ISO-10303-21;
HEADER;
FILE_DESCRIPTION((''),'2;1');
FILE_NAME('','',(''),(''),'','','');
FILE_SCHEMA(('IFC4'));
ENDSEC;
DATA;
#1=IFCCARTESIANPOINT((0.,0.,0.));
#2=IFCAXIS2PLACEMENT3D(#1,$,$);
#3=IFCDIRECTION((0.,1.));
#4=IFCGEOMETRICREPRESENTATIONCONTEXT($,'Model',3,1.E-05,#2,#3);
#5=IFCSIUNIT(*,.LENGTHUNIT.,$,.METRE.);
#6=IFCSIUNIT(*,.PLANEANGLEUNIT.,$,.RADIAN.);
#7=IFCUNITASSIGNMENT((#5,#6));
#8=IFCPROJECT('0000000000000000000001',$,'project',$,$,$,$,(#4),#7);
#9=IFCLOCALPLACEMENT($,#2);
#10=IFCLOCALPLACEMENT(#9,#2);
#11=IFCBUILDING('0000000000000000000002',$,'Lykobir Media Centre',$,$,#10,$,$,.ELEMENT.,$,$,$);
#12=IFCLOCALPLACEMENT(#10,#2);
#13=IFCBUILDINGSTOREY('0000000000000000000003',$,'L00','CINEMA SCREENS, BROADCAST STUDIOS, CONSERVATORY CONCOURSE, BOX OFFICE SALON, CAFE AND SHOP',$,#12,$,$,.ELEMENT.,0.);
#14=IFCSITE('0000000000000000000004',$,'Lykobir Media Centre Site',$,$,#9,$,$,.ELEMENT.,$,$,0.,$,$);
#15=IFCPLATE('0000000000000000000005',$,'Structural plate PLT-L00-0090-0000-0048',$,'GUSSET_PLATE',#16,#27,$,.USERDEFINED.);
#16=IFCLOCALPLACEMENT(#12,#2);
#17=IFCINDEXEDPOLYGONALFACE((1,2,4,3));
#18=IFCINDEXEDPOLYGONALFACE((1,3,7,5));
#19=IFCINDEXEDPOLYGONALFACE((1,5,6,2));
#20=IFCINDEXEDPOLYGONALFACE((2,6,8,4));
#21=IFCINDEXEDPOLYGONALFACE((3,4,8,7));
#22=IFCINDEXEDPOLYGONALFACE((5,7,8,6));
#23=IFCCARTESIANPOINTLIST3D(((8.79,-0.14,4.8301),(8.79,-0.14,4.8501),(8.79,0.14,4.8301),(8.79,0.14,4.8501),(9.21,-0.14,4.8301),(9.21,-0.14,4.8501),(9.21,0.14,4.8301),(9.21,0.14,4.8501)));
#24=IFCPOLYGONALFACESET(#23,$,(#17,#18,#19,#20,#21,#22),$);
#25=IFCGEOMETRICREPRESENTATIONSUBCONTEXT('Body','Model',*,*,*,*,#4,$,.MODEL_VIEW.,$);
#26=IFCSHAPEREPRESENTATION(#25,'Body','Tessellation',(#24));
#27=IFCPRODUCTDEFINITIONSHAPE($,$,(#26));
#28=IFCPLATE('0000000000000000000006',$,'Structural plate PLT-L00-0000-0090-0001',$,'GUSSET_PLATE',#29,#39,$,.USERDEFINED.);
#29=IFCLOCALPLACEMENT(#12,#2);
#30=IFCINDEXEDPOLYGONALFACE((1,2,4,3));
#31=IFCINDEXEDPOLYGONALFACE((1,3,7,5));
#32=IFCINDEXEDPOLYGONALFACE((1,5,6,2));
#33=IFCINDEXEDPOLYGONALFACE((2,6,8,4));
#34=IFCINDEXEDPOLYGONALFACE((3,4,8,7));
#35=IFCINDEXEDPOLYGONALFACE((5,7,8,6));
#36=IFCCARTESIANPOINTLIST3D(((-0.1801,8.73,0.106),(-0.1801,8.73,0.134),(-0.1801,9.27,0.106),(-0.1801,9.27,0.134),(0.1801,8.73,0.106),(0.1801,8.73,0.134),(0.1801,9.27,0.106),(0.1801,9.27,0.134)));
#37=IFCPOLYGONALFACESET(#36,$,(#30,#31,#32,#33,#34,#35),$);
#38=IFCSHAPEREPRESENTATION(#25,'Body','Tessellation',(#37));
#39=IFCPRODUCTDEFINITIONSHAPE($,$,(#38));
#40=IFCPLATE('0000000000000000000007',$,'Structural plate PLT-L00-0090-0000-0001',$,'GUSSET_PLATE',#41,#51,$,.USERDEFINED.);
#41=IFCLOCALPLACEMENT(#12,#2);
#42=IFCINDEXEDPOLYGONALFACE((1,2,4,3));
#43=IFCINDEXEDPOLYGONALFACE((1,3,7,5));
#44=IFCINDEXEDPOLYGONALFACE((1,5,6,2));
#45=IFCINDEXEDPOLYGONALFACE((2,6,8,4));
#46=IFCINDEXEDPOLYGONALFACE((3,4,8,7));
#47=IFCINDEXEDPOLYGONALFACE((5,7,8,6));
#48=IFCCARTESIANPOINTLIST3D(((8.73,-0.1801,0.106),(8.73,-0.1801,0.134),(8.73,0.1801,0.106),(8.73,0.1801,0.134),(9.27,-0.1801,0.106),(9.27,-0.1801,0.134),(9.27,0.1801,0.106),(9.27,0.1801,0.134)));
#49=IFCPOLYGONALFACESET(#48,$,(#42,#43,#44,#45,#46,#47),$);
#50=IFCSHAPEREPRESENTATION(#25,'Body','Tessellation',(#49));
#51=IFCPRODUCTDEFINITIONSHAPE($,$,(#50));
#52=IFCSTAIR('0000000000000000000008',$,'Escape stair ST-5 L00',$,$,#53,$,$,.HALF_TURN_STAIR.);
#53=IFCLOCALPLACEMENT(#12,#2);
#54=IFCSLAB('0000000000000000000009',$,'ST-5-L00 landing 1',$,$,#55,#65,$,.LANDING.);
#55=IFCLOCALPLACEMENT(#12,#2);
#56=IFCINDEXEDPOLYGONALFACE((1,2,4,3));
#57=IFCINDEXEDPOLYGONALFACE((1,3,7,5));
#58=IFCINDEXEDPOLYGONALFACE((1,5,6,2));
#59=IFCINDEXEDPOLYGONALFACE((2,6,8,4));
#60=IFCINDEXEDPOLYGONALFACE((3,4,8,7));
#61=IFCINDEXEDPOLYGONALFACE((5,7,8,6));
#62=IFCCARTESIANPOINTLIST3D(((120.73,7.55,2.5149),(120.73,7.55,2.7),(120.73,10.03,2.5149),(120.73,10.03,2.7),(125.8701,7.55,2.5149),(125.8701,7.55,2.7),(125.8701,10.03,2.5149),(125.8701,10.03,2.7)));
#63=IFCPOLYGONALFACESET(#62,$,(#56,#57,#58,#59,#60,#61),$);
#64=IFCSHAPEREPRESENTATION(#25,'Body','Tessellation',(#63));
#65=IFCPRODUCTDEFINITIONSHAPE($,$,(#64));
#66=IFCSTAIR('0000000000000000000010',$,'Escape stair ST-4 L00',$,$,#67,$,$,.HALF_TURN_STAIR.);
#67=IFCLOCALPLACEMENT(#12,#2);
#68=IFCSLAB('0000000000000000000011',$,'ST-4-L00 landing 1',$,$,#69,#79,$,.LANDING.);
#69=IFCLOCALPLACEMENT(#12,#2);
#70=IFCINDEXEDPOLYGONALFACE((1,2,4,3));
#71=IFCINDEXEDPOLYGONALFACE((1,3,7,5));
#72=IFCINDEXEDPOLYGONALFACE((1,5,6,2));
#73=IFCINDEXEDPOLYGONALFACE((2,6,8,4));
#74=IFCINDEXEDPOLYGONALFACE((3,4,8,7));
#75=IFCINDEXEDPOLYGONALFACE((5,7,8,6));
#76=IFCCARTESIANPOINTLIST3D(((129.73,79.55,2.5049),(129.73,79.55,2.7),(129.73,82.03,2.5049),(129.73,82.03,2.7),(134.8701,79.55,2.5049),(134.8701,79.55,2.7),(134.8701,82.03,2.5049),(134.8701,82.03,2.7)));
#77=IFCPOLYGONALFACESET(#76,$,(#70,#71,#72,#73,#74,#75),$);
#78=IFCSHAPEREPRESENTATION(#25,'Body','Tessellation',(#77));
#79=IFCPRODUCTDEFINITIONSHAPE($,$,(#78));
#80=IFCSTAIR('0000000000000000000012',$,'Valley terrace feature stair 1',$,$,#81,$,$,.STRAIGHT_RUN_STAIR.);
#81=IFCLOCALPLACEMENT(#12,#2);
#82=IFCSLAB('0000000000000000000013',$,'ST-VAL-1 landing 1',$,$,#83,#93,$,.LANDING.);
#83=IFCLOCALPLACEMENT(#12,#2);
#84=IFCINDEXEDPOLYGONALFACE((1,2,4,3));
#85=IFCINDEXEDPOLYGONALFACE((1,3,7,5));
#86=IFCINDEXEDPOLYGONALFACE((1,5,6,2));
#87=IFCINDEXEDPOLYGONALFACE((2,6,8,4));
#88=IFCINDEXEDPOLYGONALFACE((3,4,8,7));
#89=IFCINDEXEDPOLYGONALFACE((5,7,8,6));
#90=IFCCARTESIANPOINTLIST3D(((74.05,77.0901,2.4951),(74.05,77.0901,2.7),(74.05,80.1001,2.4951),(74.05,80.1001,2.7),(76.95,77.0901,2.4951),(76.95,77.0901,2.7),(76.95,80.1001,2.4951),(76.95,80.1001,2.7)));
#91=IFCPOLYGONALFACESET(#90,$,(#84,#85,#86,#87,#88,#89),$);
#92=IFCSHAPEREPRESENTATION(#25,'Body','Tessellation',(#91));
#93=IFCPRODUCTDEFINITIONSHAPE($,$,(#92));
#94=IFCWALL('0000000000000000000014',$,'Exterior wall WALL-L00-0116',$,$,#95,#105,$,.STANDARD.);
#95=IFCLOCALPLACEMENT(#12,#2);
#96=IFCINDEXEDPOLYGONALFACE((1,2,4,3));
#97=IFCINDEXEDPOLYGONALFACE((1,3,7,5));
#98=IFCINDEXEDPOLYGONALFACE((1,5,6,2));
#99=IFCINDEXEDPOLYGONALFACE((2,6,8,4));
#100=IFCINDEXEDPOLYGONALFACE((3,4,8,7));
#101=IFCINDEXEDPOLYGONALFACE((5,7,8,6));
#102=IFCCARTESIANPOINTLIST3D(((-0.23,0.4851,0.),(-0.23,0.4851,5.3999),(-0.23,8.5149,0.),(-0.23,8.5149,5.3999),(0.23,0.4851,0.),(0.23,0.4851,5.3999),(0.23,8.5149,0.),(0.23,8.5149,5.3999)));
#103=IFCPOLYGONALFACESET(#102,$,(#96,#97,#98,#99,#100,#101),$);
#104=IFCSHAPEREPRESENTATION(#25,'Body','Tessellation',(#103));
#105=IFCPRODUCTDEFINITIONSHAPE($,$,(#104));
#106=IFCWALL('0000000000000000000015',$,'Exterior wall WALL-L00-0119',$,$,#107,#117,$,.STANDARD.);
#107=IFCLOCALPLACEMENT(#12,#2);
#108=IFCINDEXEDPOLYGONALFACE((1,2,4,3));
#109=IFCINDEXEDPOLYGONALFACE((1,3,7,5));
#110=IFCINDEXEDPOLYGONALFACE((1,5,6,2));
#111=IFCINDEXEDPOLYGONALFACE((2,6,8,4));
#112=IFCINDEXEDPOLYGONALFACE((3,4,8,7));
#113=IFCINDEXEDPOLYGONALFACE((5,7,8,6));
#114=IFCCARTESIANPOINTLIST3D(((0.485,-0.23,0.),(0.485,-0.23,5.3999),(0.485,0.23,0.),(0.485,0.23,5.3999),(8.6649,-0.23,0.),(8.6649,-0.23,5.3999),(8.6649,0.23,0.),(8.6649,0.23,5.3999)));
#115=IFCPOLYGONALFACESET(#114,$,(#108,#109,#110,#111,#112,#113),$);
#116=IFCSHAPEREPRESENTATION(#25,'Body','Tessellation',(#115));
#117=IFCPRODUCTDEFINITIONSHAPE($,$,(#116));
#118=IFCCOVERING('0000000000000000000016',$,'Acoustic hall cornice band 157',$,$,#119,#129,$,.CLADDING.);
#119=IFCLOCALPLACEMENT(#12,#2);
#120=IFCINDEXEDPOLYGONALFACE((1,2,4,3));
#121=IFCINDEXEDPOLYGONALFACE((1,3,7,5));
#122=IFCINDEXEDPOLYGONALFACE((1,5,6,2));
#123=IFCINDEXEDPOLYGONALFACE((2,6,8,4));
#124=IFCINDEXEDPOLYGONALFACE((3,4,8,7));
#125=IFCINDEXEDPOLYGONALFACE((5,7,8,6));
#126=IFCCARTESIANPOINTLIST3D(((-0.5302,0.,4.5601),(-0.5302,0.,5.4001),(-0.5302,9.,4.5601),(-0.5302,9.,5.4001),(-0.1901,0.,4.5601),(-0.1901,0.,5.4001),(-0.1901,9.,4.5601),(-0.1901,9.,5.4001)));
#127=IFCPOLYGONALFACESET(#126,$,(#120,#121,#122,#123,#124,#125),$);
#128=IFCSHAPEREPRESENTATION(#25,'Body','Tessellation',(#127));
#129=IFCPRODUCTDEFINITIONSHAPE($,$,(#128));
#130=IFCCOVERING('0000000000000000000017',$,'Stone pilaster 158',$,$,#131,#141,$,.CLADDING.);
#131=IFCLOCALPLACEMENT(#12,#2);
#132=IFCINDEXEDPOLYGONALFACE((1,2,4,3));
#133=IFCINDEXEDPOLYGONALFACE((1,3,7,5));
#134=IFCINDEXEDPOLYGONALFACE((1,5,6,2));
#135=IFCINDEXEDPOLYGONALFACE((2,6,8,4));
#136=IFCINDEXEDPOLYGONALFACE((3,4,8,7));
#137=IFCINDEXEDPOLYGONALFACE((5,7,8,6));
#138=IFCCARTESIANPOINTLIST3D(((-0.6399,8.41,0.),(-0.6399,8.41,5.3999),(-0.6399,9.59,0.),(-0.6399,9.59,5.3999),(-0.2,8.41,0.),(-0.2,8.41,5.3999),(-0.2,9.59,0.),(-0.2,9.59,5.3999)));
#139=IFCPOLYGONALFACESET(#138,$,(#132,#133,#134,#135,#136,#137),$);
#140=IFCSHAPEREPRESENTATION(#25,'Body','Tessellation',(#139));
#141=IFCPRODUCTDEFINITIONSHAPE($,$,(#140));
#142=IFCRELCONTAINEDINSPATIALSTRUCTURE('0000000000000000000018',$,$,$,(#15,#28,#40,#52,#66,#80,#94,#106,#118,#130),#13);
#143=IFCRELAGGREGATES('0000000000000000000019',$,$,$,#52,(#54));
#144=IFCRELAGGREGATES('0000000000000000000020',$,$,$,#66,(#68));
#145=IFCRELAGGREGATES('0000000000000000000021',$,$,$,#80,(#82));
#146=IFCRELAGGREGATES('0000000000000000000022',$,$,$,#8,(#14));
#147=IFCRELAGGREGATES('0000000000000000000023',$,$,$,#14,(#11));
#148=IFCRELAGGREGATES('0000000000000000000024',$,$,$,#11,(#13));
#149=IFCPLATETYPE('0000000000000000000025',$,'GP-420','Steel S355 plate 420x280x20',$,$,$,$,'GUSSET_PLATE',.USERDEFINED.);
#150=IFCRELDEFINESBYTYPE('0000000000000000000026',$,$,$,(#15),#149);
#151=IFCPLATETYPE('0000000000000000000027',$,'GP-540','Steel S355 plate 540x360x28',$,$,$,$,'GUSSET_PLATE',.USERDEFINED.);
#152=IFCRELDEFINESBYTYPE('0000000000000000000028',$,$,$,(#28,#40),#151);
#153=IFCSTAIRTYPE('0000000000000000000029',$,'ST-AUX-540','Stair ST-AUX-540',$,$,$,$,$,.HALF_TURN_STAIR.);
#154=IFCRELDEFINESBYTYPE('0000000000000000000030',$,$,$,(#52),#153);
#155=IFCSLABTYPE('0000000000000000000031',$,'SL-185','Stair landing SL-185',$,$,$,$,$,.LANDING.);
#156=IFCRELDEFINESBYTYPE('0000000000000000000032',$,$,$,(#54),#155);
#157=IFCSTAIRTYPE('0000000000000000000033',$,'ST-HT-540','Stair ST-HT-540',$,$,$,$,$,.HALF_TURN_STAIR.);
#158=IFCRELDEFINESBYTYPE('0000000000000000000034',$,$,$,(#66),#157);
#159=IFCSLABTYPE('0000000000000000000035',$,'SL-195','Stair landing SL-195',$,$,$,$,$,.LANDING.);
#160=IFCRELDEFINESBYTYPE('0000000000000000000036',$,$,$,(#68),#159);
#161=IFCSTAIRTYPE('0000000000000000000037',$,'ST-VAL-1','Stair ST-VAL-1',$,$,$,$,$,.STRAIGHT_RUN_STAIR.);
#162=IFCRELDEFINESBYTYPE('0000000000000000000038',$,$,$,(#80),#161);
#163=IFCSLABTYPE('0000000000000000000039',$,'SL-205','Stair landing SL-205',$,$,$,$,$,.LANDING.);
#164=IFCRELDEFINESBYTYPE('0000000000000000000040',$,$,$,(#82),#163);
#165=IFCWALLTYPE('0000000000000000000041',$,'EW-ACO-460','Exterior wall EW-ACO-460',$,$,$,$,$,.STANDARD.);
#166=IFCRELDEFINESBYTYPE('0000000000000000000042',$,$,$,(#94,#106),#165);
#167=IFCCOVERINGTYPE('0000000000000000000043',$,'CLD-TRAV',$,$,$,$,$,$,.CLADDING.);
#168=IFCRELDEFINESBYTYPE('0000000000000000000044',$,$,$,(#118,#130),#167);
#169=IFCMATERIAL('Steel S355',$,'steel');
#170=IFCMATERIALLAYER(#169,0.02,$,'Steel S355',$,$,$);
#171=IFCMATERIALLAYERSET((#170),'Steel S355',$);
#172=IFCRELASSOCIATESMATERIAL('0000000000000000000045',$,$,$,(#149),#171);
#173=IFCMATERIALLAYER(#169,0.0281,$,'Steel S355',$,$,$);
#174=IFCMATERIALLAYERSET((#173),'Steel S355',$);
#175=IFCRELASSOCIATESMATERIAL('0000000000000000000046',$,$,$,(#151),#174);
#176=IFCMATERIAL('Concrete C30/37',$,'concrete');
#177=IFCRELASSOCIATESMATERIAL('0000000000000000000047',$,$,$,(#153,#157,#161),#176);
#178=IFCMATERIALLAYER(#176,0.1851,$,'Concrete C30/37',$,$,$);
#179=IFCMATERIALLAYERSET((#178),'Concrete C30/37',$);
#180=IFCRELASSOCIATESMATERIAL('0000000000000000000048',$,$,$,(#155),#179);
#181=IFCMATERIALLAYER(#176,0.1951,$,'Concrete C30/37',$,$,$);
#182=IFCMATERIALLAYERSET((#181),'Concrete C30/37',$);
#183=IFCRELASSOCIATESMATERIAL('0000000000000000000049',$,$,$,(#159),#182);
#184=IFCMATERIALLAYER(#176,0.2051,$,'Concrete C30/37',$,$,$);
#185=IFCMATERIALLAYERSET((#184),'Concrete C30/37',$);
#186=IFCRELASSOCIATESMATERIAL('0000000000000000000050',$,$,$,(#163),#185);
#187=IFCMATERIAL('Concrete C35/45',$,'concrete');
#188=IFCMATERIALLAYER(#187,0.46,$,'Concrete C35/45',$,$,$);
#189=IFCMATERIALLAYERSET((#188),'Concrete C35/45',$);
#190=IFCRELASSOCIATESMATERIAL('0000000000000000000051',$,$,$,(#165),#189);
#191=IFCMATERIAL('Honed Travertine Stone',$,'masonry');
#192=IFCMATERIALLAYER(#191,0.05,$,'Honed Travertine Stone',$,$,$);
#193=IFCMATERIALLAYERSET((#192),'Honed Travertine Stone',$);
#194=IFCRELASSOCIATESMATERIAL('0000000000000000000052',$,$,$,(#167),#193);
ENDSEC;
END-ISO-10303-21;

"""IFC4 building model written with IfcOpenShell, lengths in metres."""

from ifc_helpers import new_model, si_unit, direction, frame, frame_2d, origin, origin_2d, place, context, subcontext, project, spatial, polyline, rectangle, outline, extrude, material, layer, layer_set, type_object, element, aggregate, save


model = new_model("IFC4")

# Units and contexts
model_context = context("Model", 3, precision=1e-05, world=origin(), true_north=direction((0.0, 1.0)))
body_context = subcontext(model_context, "Body", "Model", "MODEL_VIEW")
ifc_project = project(units=[si_unit("LENGTHUNIT", "METRE"), si_unit("PLANEANGLEUNIT", "RADIAN")], contexts=[model_context])

# Site, building, storey
site_placement = place(None, origin())
site = spatial("IfcSite", under=ifc_project, at=site_placement, Name="Lykobir Media Centre Site", CompositionType="ELEMENT", RefElevation=0.0)
building_placement = place(site_placement, origin())
building = spatial("IfcBuilding", under=site, at=building_placement, Name="Lykobir Media Centre", CompositionType="ELEMENT")
storey_placement = place(building_placement, origin())
storey = spatial("IfcBuildingStorey", under=building, at=storey_placement, Name="L00", Description="CINEMA SCREENS, BROADCAST STUDIOS, CONSERVATORY CONCOURSE, BOX OFFICE SALON, CAFE AND SHOP", CompositionType="ELEMENT", Elevation=0.0)

# Shared definitions
ifc_material_1 = material(Name="Honed Travertine Stone", Category="masonry")

# Shared definitions
ifc_material_2 = material(Name="Steel S355", Category="steel")

# Plates
ifc_layer_1 = layer(ifc_material_2, 0.02, Name="Steel S355")
ifc_layer_set_1 = layer_set([ifc_layer_1], Name="Steel S355")
plate_type_1 = type_object("IfcPlateType", Name="GP-420", Description="Steel S355 plate 420x280x20", ElementType="GUSSET_PLATE", PredefinedType="USERDEFINED", material=ifc_layer_set_1)
for number, where, z_axis, x_axis, name in (
    (1, (9.0, 0.0, 4.8301), (0.0, 0.0, 1.0), (1.0, 0.0, 0.0), "Structural plate PLT-L00-0090-0000-0048"),
):
    element("IfcPlate", number, at=place(storey_placement, frame(where, z_axis=z_axis, x_axis=x_axis)), inside=storey, type_object=plate_type_1, Name=name, ObjectType="GUSSET_PLATE", PredefinedType="USERDEFINED", context=body_context, shape_type="SweptSolid", body=[
        extrude(rectangle(XDim=0.4199, YDim=0.28, at=origin_2d()), origin(), (0.0, 0.0, 1.0), 0.02),
    ])
ifc_layer_2 = layer(ifc_material_2, 0.0281, Name="Steel S355")
ifc_layer_set_2 = layer_set([ifc_layer_2], Name="Steel S355")
plate_type_2 = type_object("IfcPlateType", Name="GP-540", Description="Steel S355 plate 540x360x28", ElementType="GUSSET_PLATE", PredefinedType="USERDEFINED", material=ifc_layer_set_2)
for number, where, z_axis, x_axis, name in (
    (2, (0.0, 9.0, 0.106), (0.0, 0.0, 1.0), (0.0, 1.0, 0.0), "Structural plate PLT-L00-0000-0090-0001"),
    (3, (9.0, 0.0, 0.106), (0.0, 0.0, 1.0), (1.0, 0.0, 0.0), "Structural plate PLT-L00-0090-0000-0001"),
):
    element("IfcPlate", number, at=place(storey_placement, frame(where, z_axis=z_axis, x_axis=x_axis)), inside=storey, type_object=plate_type_2, Name=name, ObjectType="GUSSET_PLATE", PredefinedType="USERDEFINED", context=body_context, shape_type="SweptSolid", body=[
        extrude(rectangle(XDim=0.54, YDim=0.3601, at=origin_2d()), origin(), (0.0, 0.0, 1.0), 0.0281),
    ])

# Stairs, slabs
ifc_material_3 = material(Name="Concrete C30/37", Category="concrete")
stair_type_1 = type_object("IfcStairType", Name="ST-AUX-540", Description="Stair ST-AUX-540", PredefinedType="HALF_TURN_STAIR", material=ifc_material_3)
stair_1_placement = place(storey_placement, origin())
stair_1 = element("IfcStair", 4, at=stair_1_placement, inside=storey, type_object=stair_type_1, Name="Escape stair ST-5 L00", PredefinedType="HALF_TURN_STAIR")
ifc_layer_3 = layer(ifc_material_3, 0.1851, Name="Concrete C30/37")
ifc_layer_set_3 = layer_set([ifc_layer_3], Name="Concrete C30/37")
slab_type_1 = type_object("IfcSlabType", Name="SL-185", Description="Stair landing SL-185", PredefinedType="LANDING", material=ifc_layer_set_3)
slab_1_placement = place(storey_placement, frame((0.0, 0.0, 2.5149)))
slab_1 = element("IfcSlab", 5, at=slab_1_placement, type_object=slab_type_1, Name="ST-5-L00 landing 1", PredefinedType="LANDING", context=body_context, shape_type="SweptSolid", body=[
    extrude(outline(polyline([(120.73, 7.55), (125.8701, 7.55), (125.8701, 10.03), (120.73, 10.03), (120.73, 7.55)])), origin(), (0.0, 0.0, 1.0), 0.1851),
])
aggregate(stair_1, [slab_1])
stair_type_2 = type_object("IfcStairType", Name="ST-HT-540", Description="Stair ST-HT-540", PredefinedType="HALF_TURN_STAIR", material=ifc_material_3)
stair_2_placement = place(storey_placement, origin())
stair_2 = element("IfcStair", 6, at=stair_2_placement, inside=storey, type_object=stair_type_2, Name="Escape stair ST-4 L00", PredefinedType="HALF_TURN_STAIR")
ifc_layer_4 = layer(ifc_material_3, 0.1951, Name="Concrete C30/37")
ifc_layer_set_4 = layer_set([ifc_layer_4], Name="Concrete C30/37")
slab_type_2 = type_object("IfcSlabType", Name="SL-195", Description="Stair landing SL-195", PredefinedType="LANDING", material=ifc_layer_set_4)
slab_2_placement = place(storey_placement, frame((0.0, 0.0, 2.5049)))
slab_2 = element("IfcSlab", 7, at=slab_2_placement, type_object=slab_type_2, Name="ST-4-L00 landing 1", PredefinedType="LANDING", context=body_context, shape_type="SweptSolid", body=[
    extrude(outline(polyline([(129.73, 79.55), (134.8701, 79.55), (134.8701, 82.03), (129.73, 82.03), (129.73, 79.55)])), origin(), (0.0, 0.0, 1.0), 0.1951),
])
aggregate(stair_2, [slab_2])
stair_type_3 = type_object("IfcStairType", Name="ST-VAL-1", Description="Stair ST-VAL-1", PredefinedType="STRAIGHT_RUN_STAIR", material=ifc_material_3)
stair_3_placement = place(storey_placement, origin())
stair_3 = element("IfcStair", 8, at=stair_3_placement, inside=storey, type_object=stair_type_3, Name="Valley terrace feature stair 1", PredefinedType="STRAIGHT_RUN_STAIR")
ifc_layer_5 = layer(ifc_material_3, 0.2051, Name="Concrete C30/37")
ifc_layer_set_5 = layer_set([ifc_layer_5], Name="Concrete C30/37")
slab_type_3 = type_object("IfcSlabType", Name="SL-205", Description="Stair landing SL-205", PredefinedType="LANDING", material=ifc_layer_set_5)
slab_3_placement = place(storey_placement, frame((0.0, 0.0, 2.4951)))
slab_3 = element("IfcSlab", 9, at=slab_3_placement, type_object=slab_type_3, Name="ST-VAL-1 landing 1", PredefinedType="LANDING", context=body_context, shape_type="SweptSolid", body=[
    extrude(outline(polyline([(74.05, 77.0901), (76.95, 77.0901), (76.95, 80.1001), (74.05, 80.1001), (74.05, 77.0901)])), origin(), (0.0, 0.0, 1.0), 0.2048),
])
aggregate(stair_3, [slab_3])

# Walls
ifc_material_4 = material(Name="Concrete C35/45", Category="concrete")
ifc_layer_6 = layer(ifc_material_4, 0.46, Name="Concrete C35/45")
ifc_layer_set_6 = layer_set([ifc_layer_6], Name="Concrete C35/45")
wall_type = type_object("IfcWallType", Name="EW-ACO-460", Description="Exterior wall EW-ACO-460", PredefinedType="STANDARD", material=ifc_layer_set_6)
wall_1_placement = place(storey_placement, frame((0.0, 8.5149, 0.0), z_axis=(0.0, 0.0, 1.0), x_axis=(0.0, -1.0, 0.0)))
element("IfcWall", 10, at=wall_1_placement, inside=storey, type_object=wall_type, Name="Exterior wall WALL-L00-0116", PredefinedType="STANDARD", context=body_context, shape_type="SweptSolid", body=[
    extrude(rectangle(XDim=8.0298, YDim=0.46, at=frame_2d((4.0149, 0.0))), origin(), (0.0, 0.0, 1.0), 5.3999),
])
wall_2_placement = place(storey_placement, frame((0.4851, 0.0, 0.0), z_axis=(0.0, 0.0, 1.0), x_axis=(1.0, 0.0, 0.0)))
element("IfcWall", 11, at=wall_2_placement, inside=storey, type_object=wall_type, Name="Exterior wall WALL-L00-0119", PredefinedType="STANDARD", context=body_context, shape_type="SweptSolid", body=[
    extrude(rectangle(XDim=8.1799, YDim=0.46, at=frame_2d((4.0898, 0.0))), origin(), (0.0, 0.0, 1.0), 5.3999),
])

# Coverings
ifc_layer_7 = layer(ifc_material_1, 0.05, Name="Honed Travertine Stone")
ifc_layer_set_7 = layer_set([ifc_layer_7], Name="Honed Travertine Stone")
covering_type = type_object("IfcCoveringType", Name="CLD-TRAV", PredefinedType="CLADDING", material=ifc_layer_set_7)
covering_1_placement = place(storey_placement, frame((-0.3601, 4.5, 4.5601), z_axis=(0.0, 0.0, 1.0), x_axis=(0.0, -1.0, 0.0)))
element("IfcCovering", 12, at=covering_1_placement, inside=storey, type_object=covering_type, Name="Acoustic hall cornice band 157", PredefinedType="CLADDING", context=body_context, shape_type="SweptSolid", body=[
    extrude(rectangle(XDim=9.0, YDim=0.3401, at=origin_2d()), origin(), (0.0, 0.0, 1.0), 0.8401),
])
covering_2_placement = place(storey_placement, frame((-0.4199, 9.0, 0.0), z_axis=(0.0, 0.0, 1.0), x_axis=(0.0, -1.0, 0.0)))
element("IfcCovering", 13, at=covering_2_placement, inside=storey, type_object=covering_type, Name="Stone pilaster 158", PredefinedType="CLADDING", context=body_context, shape_type="SweptSolid", body=[
    extrude(rectangle(XDim=1.1799, YDim=0.4399, at=origin_2d()), origin(), (0.0, 0.0, 1.0), 5.3999),
])

save(model, "model.ifc")
